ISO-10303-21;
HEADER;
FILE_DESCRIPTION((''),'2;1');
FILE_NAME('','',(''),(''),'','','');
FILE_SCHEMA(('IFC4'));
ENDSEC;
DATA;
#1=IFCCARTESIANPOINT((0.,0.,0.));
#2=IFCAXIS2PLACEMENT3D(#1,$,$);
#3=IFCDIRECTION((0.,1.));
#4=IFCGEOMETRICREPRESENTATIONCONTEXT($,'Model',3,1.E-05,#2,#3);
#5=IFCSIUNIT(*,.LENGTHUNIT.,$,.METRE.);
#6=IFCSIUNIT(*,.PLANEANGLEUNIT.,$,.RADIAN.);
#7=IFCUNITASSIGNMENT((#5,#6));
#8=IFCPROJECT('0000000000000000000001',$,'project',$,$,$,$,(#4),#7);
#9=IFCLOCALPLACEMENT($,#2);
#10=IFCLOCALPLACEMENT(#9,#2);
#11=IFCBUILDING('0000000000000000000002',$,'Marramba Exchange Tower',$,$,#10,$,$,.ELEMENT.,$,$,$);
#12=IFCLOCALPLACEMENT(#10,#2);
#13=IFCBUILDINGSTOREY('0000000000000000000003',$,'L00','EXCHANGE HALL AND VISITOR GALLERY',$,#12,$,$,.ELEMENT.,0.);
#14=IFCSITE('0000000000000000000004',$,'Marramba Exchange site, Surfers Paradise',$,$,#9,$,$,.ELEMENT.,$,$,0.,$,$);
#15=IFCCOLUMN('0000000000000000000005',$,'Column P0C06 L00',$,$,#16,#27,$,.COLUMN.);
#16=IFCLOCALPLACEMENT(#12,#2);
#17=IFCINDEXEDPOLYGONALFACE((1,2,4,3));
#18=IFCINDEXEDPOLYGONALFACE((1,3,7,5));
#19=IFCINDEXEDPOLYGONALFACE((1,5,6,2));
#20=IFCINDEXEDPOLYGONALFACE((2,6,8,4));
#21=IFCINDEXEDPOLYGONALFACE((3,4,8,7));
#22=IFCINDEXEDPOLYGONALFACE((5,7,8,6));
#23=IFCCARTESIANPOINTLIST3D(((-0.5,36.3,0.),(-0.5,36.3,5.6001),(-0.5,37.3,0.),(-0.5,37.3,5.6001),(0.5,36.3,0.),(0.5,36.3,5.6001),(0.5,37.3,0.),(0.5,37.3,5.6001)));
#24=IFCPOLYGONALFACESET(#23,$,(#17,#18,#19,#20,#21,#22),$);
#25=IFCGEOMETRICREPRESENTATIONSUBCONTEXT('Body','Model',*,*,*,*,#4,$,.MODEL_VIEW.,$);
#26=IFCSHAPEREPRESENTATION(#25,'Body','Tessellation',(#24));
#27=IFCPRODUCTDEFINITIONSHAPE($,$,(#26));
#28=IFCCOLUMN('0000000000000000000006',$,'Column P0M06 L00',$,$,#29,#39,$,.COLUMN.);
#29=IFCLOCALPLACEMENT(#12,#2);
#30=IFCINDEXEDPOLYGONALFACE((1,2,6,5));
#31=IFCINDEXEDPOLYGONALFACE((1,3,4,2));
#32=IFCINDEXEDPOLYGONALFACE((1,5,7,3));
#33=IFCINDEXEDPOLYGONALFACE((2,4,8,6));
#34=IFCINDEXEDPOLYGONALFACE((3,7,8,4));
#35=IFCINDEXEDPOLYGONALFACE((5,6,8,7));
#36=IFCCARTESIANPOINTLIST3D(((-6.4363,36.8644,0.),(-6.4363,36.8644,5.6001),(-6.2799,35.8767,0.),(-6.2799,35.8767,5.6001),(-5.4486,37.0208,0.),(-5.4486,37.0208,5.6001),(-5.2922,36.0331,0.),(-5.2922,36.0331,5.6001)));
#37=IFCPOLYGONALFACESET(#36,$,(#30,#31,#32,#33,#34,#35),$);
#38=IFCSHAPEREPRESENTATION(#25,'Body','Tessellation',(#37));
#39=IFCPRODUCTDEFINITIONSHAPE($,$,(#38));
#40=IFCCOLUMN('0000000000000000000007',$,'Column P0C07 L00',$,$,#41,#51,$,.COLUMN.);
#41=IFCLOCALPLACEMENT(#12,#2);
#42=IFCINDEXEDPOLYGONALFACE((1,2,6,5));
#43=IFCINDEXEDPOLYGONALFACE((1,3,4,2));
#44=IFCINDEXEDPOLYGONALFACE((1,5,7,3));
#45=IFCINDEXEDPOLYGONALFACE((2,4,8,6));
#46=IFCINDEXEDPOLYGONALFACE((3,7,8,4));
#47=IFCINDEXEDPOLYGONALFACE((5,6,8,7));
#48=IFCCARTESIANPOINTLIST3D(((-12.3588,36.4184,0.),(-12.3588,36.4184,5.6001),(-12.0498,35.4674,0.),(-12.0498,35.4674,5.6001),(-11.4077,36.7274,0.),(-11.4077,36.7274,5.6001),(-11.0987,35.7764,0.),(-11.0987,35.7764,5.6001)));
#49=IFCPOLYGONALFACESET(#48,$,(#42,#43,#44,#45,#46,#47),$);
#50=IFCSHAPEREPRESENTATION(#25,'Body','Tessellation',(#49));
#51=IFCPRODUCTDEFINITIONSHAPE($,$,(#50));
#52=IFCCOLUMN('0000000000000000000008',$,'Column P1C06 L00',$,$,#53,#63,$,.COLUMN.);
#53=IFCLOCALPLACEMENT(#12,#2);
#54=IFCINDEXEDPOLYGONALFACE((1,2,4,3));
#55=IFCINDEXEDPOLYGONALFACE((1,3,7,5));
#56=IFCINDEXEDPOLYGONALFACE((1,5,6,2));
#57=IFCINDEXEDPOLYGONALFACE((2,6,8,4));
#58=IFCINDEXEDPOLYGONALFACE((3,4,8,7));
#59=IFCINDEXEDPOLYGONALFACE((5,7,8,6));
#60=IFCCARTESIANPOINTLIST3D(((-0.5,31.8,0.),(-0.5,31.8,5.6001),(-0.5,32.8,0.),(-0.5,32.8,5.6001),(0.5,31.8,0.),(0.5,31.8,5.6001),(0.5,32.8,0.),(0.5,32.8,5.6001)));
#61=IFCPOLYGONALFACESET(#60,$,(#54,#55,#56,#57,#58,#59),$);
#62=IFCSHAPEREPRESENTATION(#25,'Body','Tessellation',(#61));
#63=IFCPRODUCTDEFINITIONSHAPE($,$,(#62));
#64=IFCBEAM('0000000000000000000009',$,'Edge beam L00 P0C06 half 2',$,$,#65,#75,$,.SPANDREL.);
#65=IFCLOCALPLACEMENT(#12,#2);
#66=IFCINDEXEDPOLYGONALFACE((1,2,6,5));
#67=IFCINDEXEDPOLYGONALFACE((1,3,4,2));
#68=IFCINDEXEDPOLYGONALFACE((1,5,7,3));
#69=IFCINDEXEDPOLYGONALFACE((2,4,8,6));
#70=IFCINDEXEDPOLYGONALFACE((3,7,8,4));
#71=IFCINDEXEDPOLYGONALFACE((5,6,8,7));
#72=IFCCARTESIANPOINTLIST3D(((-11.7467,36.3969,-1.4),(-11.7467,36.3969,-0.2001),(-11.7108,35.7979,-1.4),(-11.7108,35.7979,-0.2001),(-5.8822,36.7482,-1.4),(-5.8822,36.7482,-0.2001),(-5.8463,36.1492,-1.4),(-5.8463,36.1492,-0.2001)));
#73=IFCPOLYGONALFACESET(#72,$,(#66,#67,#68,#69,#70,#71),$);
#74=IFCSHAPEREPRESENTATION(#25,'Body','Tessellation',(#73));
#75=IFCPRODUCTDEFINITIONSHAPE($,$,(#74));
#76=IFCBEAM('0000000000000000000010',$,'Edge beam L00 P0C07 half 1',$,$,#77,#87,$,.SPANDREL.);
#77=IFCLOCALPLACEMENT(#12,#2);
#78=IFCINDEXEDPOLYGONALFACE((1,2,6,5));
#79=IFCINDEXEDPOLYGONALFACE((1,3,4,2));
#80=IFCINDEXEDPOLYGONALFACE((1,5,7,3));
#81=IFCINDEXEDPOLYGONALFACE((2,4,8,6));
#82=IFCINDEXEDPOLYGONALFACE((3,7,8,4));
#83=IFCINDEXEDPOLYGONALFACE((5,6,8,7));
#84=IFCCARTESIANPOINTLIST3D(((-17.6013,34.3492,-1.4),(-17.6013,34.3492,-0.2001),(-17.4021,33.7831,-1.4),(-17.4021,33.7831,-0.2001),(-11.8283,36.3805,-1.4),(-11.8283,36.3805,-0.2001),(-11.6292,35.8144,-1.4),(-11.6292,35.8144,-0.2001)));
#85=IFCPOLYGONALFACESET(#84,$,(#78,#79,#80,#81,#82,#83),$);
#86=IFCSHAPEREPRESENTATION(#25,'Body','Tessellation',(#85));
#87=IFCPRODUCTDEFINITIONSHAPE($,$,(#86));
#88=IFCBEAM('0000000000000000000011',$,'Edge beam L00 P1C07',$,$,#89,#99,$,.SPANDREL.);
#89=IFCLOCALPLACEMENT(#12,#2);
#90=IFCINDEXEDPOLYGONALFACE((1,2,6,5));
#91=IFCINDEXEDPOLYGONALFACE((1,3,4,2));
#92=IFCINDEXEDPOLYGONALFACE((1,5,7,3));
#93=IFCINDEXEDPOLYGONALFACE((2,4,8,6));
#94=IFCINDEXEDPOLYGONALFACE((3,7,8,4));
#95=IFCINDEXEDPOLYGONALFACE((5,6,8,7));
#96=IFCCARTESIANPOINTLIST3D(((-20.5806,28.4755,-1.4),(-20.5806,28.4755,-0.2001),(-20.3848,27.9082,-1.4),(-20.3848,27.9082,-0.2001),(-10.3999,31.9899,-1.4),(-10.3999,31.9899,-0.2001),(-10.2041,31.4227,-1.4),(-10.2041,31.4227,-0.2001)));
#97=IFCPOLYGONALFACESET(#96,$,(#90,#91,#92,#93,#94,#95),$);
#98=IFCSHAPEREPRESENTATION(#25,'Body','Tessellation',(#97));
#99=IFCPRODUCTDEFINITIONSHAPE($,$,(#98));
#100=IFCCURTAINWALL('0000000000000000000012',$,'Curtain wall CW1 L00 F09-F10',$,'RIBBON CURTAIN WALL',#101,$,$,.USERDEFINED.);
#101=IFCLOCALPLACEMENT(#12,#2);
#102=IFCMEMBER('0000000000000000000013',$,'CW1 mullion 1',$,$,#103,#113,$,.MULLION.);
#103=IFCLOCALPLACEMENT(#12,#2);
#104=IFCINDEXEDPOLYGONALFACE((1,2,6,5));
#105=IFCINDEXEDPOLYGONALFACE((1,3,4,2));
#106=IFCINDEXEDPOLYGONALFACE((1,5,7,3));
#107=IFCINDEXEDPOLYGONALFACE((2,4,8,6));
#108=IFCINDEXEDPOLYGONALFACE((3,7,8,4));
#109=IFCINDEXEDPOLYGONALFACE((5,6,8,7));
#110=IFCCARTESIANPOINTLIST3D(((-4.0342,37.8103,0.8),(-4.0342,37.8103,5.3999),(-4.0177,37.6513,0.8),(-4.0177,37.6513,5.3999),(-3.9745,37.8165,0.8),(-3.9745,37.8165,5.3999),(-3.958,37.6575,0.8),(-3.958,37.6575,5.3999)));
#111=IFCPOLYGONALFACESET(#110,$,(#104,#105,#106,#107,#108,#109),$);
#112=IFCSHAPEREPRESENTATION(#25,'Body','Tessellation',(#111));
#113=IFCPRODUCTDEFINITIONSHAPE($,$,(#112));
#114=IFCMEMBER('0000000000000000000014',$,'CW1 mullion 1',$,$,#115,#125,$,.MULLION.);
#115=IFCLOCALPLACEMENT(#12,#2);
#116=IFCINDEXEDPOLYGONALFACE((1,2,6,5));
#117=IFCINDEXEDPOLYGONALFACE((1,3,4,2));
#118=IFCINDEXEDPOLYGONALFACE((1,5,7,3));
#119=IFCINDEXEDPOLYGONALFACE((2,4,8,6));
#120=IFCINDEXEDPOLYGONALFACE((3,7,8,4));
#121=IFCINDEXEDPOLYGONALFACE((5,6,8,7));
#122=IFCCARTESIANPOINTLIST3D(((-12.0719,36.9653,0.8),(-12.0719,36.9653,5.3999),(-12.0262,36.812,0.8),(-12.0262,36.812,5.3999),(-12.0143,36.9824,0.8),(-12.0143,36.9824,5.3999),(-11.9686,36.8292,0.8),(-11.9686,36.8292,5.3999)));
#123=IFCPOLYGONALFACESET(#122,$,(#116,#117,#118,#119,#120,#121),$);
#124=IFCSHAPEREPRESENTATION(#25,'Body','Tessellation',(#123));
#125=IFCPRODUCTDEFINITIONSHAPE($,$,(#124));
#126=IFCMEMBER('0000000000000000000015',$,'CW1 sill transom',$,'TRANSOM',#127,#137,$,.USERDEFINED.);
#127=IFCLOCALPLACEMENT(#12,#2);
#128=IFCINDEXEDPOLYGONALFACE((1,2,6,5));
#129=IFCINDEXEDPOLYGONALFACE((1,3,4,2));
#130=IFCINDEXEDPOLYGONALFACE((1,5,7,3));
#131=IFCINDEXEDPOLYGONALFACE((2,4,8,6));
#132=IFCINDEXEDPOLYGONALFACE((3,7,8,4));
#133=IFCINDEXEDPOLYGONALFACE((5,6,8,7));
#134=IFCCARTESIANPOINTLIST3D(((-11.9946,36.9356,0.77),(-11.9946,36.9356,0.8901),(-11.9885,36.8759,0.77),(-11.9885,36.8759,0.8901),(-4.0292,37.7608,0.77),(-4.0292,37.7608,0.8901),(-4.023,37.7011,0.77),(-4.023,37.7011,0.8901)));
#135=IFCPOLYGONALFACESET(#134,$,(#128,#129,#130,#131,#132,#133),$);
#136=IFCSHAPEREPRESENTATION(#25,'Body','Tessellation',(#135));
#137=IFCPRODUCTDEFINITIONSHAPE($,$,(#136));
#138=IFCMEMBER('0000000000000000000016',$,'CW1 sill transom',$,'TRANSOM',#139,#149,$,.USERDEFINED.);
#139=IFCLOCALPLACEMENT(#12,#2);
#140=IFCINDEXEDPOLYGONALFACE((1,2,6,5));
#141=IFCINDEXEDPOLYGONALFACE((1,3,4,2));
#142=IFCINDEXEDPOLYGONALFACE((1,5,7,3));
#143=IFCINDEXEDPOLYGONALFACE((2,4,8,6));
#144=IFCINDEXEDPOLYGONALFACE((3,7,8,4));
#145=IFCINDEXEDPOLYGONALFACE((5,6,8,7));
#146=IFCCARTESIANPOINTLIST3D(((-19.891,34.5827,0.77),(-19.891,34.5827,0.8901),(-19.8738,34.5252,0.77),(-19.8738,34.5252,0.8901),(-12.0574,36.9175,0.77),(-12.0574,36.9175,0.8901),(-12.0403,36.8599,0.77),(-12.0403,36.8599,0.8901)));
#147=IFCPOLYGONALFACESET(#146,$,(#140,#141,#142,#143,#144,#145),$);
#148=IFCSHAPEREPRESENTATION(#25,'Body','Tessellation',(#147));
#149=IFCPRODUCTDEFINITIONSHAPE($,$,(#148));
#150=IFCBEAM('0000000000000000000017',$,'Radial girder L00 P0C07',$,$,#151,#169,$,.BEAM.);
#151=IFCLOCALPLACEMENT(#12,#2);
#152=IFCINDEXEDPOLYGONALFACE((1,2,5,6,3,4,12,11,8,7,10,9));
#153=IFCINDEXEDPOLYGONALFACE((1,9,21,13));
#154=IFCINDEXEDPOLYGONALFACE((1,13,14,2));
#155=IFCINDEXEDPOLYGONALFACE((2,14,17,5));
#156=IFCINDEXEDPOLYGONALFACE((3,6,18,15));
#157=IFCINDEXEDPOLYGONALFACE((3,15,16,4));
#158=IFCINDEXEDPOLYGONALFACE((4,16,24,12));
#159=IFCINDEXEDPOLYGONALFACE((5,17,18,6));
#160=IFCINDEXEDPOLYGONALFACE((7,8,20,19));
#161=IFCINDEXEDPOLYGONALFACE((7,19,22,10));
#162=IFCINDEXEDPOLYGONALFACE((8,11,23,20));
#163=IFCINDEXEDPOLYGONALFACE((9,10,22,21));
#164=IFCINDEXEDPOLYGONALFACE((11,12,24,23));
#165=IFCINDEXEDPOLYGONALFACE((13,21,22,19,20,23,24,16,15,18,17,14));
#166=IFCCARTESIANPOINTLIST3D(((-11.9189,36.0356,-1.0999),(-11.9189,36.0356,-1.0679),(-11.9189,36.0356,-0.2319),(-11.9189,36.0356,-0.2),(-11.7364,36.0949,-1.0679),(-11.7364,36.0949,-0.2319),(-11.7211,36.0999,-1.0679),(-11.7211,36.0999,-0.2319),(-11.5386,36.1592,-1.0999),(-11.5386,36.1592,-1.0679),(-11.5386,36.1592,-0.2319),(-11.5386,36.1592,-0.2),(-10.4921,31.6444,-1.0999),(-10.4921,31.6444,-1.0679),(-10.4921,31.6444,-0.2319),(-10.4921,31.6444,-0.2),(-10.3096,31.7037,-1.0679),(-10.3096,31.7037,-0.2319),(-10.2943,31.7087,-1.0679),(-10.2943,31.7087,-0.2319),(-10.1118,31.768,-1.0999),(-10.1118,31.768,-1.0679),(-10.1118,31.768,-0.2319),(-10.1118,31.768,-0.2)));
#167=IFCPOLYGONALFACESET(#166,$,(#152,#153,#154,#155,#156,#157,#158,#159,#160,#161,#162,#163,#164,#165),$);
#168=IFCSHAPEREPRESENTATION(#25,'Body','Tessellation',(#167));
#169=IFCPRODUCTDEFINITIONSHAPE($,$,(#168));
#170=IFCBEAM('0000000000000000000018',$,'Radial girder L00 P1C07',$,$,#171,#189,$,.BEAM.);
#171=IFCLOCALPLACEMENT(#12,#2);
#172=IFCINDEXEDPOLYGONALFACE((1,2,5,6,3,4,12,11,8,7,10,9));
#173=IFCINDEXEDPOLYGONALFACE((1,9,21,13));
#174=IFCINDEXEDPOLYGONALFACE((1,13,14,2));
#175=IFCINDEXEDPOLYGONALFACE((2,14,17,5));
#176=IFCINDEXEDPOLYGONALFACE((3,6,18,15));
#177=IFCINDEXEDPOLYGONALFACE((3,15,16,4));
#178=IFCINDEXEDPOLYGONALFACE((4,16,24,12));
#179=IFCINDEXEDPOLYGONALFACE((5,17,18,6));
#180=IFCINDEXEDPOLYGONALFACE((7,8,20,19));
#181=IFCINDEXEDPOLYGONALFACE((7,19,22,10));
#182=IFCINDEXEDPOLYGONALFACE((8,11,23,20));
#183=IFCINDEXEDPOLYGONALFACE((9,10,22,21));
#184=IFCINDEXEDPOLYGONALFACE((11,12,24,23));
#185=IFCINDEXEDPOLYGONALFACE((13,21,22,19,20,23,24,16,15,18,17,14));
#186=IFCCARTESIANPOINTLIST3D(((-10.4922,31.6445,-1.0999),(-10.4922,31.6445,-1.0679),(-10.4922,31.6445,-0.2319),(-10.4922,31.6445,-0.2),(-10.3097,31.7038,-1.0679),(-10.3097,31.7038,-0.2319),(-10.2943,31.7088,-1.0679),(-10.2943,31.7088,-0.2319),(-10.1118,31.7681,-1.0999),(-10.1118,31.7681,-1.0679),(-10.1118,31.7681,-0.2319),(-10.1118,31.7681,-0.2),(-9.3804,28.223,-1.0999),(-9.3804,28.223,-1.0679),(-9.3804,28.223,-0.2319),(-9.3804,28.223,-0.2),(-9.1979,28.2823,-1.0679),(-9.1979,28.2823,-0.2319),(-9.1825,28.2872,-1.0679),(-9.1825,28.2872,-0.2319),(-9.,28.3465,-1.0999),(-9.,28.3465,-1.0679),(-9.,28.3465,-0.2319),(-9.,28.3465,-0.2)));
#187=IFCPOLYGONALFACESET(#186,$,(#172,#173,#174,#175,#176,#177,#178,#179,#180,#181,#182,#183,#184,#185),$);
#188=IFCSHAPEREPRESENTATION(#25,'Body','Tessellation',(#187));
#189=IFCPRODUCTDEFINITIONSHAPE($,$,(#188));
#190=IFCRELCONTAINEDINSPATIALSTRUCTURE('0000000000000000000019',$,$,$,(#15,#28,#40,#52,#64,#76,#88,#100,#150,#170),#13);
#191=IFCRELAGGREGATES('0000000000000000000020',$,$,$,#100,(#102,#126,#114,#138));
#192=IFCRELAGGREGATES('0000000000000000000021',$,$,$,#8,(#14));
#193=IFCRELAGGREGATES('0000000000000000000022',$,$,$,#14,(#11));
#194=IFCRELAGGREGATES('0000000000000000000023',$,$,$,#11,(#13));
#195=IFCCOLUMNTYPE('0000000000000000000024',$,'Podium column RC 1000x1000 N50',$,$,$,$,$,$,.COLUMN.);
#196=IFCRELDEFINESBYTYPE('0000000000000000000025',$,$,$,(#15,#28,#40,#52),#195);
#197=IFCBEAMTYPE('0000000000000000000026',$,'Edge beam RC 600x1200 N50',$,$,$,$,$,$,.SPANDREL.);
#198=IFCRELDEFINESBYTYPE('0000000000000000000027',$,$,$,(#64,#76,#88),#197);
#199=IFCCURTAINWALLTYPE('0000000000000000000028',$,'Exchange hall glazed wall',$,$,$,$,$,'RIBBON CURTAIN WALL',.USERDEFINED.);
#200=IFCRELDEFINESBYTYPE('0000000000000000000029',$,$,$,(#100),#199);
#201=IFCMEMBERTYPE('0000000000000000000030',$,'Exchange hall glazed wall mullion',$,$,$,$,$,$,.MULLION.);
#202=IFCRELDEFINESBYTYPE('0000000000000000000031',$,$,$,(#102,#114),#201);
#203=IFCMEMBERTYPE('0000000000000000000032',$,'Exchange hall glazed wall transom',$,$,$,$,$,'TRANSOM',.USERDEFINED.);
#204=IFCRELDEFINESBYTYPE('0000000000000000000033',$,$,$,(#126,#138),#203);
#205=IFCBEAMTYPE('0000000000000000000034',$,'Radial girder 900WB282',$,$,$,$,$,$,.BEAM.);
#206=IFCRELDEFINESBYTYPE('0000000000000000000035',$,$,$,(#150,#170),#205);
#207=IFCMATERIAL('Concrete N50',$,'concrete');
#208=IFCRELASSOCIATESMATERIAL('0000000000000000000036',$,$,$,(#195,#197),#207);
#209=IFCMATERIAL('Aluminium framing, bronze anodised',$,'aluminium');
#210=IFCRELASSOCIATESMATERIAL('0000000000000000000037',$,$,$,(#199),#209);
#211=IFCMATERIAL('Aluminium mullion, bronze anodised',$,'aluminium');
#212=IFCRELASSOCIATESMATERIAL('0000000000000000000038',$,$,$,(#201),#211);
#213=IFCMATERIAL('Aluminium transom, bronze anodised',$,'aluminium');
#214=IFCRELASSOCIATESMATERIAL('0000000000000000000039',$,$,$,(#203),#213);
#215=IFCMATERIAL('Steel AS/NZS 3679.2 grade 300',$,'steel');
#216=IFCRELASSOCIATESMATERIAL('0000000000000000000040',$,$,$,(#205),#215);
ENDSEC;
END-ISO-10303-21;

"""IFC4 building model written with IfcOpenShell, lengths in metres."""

from ifc_helpers import new_model, si_unit, direction, frame, origin, origin_2d, place, context, subcontext, project, spatial, rectangle, i_section, extrude, material, material_profile, profile_set, type_object, element, aggregate, save


model = new_model("IFC4")

# Units and contexts
model_context = context("Model", 3, precision=1e-05, world=origin(), true_north=direction((0.0, 1.0)))
body_context = subcontext(model_context, "Body", "Model", "MODEL_VIEW")
ifc_project = project(units=[si_unit("LENGTHUNIT", "METRE"), si_unit("PLANEANGLEUNIT", "RADIAN")], contexts=[model_context])

# Site, building, storey
site_placement = place(None, origin())
site = spatial("IfcSite", under=ifc_project, at=site_placement, Name="Marramba Exchange site, Surfers Paradise", CompositionType="ELEMENT", RefElevation=0.0)
building_placement = place(site_placement, origin())
building = spatial("IfcBuilding", under=site, at=building_placement, Name="Marramba Exchange Tower", CompositionType="ELEMENT")
storey_placement = place(building_placement, origin())
storey = spatial("IfcBuildingStorey", under=building, at=storey_placement, Name="L00", Description="EXCHANGE HALL AND VISITOR GALLERY", CompositionType="ELEMENT", Elevation=0.0)

# Columns
ifc_material_1 = material(Name="Concrete N50", Category="concrete")
ifc_material_profile_1 = material_profile(ifc_material_1, rectangle(XDim=1.0, YDim=1.0, at=origin_2d()), Name="RC 1000x1000")
ifc_profile_set_1 = profile_set([ifc_material_profile_1], Name="Concrete N50")
column_type = type_object("IfcColumnType", Name="Podium column RC 1000x1000 N50", PredefinedType="COLUMN", material=ifc_profile_set_1)
for number, where, z_axis, x_axis, name in (
    (1, (0.0, 36.8, 0.0), (0.0, 0.0, 1.0), (0.0, 1.0, 0.0), "Column P0C06 L00"),
    (2, (-5.8643, 36.4487, 0.0), (0.0, 0.0, 1.0), (-0.156434, 0.987688, 0.0), "Column P0M06 L00"),
    (3, (-11.7288, 36.0974, 0.0), (0.0, 0.0, 1.0), (-0.309017, 0.951057, 0.0), "Column P0C07 L00"),
    (4, (0.0, 32.3, 0.0), (0.0, 0.0, 1.0), (0.0, 1.0, 0.0), "Column P1C06 L00"),
):
    element("IfcColumn", number, at=place(storey_placement, frame(where, z_axis=z_axis, x_axis=x_axis)), inside=storey, type_object=column_type, Name=name, PredefinedType="COLUMN", context=body_context, shape_type="SweptSolid", body=[
        extrude(rectangle(XDim=1.0, YDim=1.0, at=origin_2d()), origin(), (0.0, 0.0, 1.0), 5.6001),
    ])

# Beams
ifc_material_profile_2 = material_profile(ifc_material_1, rectangle(XDim=0.6001, YDim=1.2, at=origin_2d()), Name="RC 600x1200")
ifc_profile_set_2 = profile_set([ifc_material_profile_2], Name="Concrete N50")
beam_type_1 = type_object("IfcBeamType", Name="Edge beam RC 600x1200 N50", PredefinedType="SPANDREL", material=ifc_profile_set_2)
beam_1_placement = place(storey_placement, frame((-5.8643, 36.4487, -0.8), z_axis=(-0.99821, -0.059799, 0.0), x_axis=(0.059799, -0.99821, 0.0)))
element("IfcBeam", 5, at=beam_1_placement, inside=storey, type_object=beam_type_1, Name="Edge beam L00 P0C06 half 2", PredefinedType="SPANDREL", context=body_context, shape_type="SweptSolid", body=[
    extrude(rectangle(XDim=0.6001, YDim=1.2, at=origin_2d()), origin(), (0.0, 0.0, 1.0), 5.875),
])
beam_2_placement = place(storey_placement, frame((-11.7288, 36.0974, -0.8), z_axis=(-0.943311, -0.33191, 0.0), x_axis=(0.33191, -0.943311, 0.0)))
element("IfcBeam", 6, at=beam_2_placement, inside=storey, type_object=beam_type_1, Name="Edge beam L00 P0C07 half 1", PredefinedType="SPANDREL", context=body_context, shape_type="SweptSolid", body=[
    extrude(rectangle(XDim=0.6001, YDim=1.2, at=origin_2d()), origin(), (0.0, 0.0, 1.0), 6.1199),
])
beam_3_placement = place(storey_placement, frame((-10.302, 31.7063, -0.8), z_axis=(-0.945263, -0.326309, 0.0), x_axis=(0.326309, -0.945263, 0.0)))
element("IfcBeam", 7, at=beam_3_placement, inside=storey, type_object=beam_type_1, Name="Edge beam L00 P1C07", PredefinedType="SPANDREL", context=body_context, shape_type="SweptSolid", body=[
    extrude(rectangle(XDim=0.6001, YDim=1.2, at=origin_2d()), origin(), (0.0, 0.0, 1.0), 10.7703),
])

# Curtain wall, members
ifc_material_2 = material(Name="Aluminium framing, bronze anodised", Category="aluminium")
curtain_wall_type = type_object("IfcCurtainWallType", Name="Exchange hall glazed wall", ElementType="RIBBON CURTAIN WALL", PredefinedType="USERDEFINED", material=ifc_material_2)
curtain_wall_placement = place(storey_placement, origin())
curtain_wall = element("IfcCurtainWall", 8, at=curtain_wall_placement, inside=storey, type_object=curtain_wall_type, Name="Curtain wall CW1 L00 F09-F10", ObjectType="RIBBON CURTAIN WALL", PredefinedType="USERDEFINED")
ifc_material_3 = material(Name="Aluminium mullion, bronze anodised", Category="aluminium")
ifc_material_profile_3 = material_profile(ifc_material_3, rectangle(XDim=0.1599, YDim=0.0601, at=origin_2d()), Name="CW1 mullion 60x160")
ifc_profile_set_3 = profile_set([ifc_material_profile_3], Name="Aluminium mullion, bronze anodised")
member_type_1 = type_object("IfcMemberType", Name="Exchange hall glazed wall mullion", PredefinedType="MULLION", material=ifc_profile_set_3)
member_1_placement = place(storey_placement, frame((-3.9961, 37.7339, 0.8), z_axis=(0.0, 0.0, 1.0), x_axis=(0.103043, -0.994677, 0.0)))
member_1 = element("IfcMember", 9, at=member_1_placement, type_object=member_type_1, Name="CW1 mullion 1", PredefinedType="MULLION", context=body_context, shape_type="SweptSolid", body=[
    extrude(rectangle(XDim=0.1599, YDim=0.0601, at=origin_2d()), origin(), (0.0, 0.0, 1.0), 4.5999),
])
member_2_placement = place(storey_placement, frame((-12.0203, 36.8972, 0.8), z_axis=(0.0, 0.0, 1.0), x_axis=(0.285621, -0.958343, 0.0)))
member_2 = element("IfcMember", 10, at=member_2_placement, type_object=member_type_1, Name="CW1 mullion 1", PredefinedType="MULLION", context=body_context, shape_type="SweptSolid", body=[
    extrude(rectangle(XDim=0.1599, YDim=0.0601, at=origin_2d()), origin(), (0.0, 0.0, 1.0), 4.5999),
])
ifc_material_4 = material(Name="Aluminium transom, bronze anodised", Category="aluminium")
ifc_material_profile_4 = material_profile(ifc_material_4, rectangle(XDim=0.0601, YDim=0.1201, at=origin_2d()), Name="CW1 transom 60x120")
ifc_profile_set_4 = profile_set([ifc_material_profile_4], Name="Aluminium transom, bronze anodised")
member_type_2 = type_object("IfcMemberType", Name="Exchange hall glazed wall transom", ElementType="TRANSOM", PredefinedType="USERDEFINED", material=ifc_profile_set_4)
member_3_placement = place(storey_placement, frame((-4.0261, 37.731, 0.8301), z_axis=(-0.994677, -0.103047, 0.0), x_axis=(0.103047, -0.994677, 0.0)))
member_3 = element("IfcMember", 11, at=member_3_placement, type_object=member_type_2, Name="CW1 sill transom", ObjectType="TRANSOM", PredefinedType="USERDEFINED", context=body_context, shape_type="SweptSolid", body=[
    extrude(rectangle(XDim=0.0601, YDim=0.1201, at=origin_2d()), origin(), (0.0, 0.0, 1.0), 8.0081),
])
member_4_placement = place(storey_placement, frame((-12.0488, 36.8887, 0.8301), z_axis=(-0.958341, -0.285627, 0.0), x_axis=(0.285627, -0.958341, 0.0)))
member_4 = element("IfcMember", 12, at=member_4_placement, type_object=member_type_2, Name="CW1 sill transom", ObjectType="TRANSOM", PredefinedType="USERDEFINED", context=body_context, shape_type="SweptSolid", body=[
    extrude(rectangle(XDim=0.0601, YDim=0.1201, at=origin_2d()), origin(), (0.0, 0.0, 1.0), 8.1741),
])

# Beams
ifc_material_5 = material(Name="Steel AS/NZS 3679.2 grade 300", Category="steel")
ifc_material_profile_5 = material_profile(ifc_material_5, i_section(OverallWidth=0.3999, OverallDepth=0.8999, WebThickness=0.0161, FlangeThickness=0.032, at=origin_2d()), Name="900WB282")
ifc_profile_set_5 = profile_set([ifc_material_profile_5], Name="Steel AS/NZS 3679.2 grade 300")
beam_type_2 = type_object("IfcBeamType", Name="Radial girder 900WB282", PredefinedType="BEAM", material=ifc_profile_set_5)
beam_4_placement = place(storey_placement, frame((-11.7288, 36.0974, -0.6499), z_axis=(0.309017, -0.951057, 0.0), x_axis=(0.951057, 0.309017, 0.0)))
element("IfcBeam", 13, at=beam_4_placement, inside=storey, type_object=beam_type_2, Name="Radial girder L00 P0C07", PredefinedType="BEAM", context=body_context, shape_type="SweptSolid", body=[
    extrude(i_section(OverallWidth=0.3999, OverallDepth=0.8999, WebThickness=0.0161, FlangeThickness=0.032, at=origin_2d()), origin(), (0.0, 0.0, 1.0), 4.6172),
])
beam_5_placement = place(storey_placement, frame((-10.302, 31.7063, -0.6499), z_axis=(0.309032, -0.951052, 0.0), x_axis=(0.951052, 0.309032, 0.0)))
element("IfcBeam", 14, at=beam_5_placement, inside=storey, type_object=beam_type_2, Name="Radial girder L00 P1C07", PredefinedType="BEAM", context=body_context, shape_type="SweptSolid", body=[
    extrude(i_section(OverallWidth=0.3999, OverallDepth=0.8999, WebThickness=0.0161, FlangeThickness=0.032, at=origin_2d()), origin(), (0.0, 0.0, 1.0), 3.5977),
])

aggregate(curtain_wall, [member_1, member_3, member_2, member_4])

save(model, "model.ifc")
